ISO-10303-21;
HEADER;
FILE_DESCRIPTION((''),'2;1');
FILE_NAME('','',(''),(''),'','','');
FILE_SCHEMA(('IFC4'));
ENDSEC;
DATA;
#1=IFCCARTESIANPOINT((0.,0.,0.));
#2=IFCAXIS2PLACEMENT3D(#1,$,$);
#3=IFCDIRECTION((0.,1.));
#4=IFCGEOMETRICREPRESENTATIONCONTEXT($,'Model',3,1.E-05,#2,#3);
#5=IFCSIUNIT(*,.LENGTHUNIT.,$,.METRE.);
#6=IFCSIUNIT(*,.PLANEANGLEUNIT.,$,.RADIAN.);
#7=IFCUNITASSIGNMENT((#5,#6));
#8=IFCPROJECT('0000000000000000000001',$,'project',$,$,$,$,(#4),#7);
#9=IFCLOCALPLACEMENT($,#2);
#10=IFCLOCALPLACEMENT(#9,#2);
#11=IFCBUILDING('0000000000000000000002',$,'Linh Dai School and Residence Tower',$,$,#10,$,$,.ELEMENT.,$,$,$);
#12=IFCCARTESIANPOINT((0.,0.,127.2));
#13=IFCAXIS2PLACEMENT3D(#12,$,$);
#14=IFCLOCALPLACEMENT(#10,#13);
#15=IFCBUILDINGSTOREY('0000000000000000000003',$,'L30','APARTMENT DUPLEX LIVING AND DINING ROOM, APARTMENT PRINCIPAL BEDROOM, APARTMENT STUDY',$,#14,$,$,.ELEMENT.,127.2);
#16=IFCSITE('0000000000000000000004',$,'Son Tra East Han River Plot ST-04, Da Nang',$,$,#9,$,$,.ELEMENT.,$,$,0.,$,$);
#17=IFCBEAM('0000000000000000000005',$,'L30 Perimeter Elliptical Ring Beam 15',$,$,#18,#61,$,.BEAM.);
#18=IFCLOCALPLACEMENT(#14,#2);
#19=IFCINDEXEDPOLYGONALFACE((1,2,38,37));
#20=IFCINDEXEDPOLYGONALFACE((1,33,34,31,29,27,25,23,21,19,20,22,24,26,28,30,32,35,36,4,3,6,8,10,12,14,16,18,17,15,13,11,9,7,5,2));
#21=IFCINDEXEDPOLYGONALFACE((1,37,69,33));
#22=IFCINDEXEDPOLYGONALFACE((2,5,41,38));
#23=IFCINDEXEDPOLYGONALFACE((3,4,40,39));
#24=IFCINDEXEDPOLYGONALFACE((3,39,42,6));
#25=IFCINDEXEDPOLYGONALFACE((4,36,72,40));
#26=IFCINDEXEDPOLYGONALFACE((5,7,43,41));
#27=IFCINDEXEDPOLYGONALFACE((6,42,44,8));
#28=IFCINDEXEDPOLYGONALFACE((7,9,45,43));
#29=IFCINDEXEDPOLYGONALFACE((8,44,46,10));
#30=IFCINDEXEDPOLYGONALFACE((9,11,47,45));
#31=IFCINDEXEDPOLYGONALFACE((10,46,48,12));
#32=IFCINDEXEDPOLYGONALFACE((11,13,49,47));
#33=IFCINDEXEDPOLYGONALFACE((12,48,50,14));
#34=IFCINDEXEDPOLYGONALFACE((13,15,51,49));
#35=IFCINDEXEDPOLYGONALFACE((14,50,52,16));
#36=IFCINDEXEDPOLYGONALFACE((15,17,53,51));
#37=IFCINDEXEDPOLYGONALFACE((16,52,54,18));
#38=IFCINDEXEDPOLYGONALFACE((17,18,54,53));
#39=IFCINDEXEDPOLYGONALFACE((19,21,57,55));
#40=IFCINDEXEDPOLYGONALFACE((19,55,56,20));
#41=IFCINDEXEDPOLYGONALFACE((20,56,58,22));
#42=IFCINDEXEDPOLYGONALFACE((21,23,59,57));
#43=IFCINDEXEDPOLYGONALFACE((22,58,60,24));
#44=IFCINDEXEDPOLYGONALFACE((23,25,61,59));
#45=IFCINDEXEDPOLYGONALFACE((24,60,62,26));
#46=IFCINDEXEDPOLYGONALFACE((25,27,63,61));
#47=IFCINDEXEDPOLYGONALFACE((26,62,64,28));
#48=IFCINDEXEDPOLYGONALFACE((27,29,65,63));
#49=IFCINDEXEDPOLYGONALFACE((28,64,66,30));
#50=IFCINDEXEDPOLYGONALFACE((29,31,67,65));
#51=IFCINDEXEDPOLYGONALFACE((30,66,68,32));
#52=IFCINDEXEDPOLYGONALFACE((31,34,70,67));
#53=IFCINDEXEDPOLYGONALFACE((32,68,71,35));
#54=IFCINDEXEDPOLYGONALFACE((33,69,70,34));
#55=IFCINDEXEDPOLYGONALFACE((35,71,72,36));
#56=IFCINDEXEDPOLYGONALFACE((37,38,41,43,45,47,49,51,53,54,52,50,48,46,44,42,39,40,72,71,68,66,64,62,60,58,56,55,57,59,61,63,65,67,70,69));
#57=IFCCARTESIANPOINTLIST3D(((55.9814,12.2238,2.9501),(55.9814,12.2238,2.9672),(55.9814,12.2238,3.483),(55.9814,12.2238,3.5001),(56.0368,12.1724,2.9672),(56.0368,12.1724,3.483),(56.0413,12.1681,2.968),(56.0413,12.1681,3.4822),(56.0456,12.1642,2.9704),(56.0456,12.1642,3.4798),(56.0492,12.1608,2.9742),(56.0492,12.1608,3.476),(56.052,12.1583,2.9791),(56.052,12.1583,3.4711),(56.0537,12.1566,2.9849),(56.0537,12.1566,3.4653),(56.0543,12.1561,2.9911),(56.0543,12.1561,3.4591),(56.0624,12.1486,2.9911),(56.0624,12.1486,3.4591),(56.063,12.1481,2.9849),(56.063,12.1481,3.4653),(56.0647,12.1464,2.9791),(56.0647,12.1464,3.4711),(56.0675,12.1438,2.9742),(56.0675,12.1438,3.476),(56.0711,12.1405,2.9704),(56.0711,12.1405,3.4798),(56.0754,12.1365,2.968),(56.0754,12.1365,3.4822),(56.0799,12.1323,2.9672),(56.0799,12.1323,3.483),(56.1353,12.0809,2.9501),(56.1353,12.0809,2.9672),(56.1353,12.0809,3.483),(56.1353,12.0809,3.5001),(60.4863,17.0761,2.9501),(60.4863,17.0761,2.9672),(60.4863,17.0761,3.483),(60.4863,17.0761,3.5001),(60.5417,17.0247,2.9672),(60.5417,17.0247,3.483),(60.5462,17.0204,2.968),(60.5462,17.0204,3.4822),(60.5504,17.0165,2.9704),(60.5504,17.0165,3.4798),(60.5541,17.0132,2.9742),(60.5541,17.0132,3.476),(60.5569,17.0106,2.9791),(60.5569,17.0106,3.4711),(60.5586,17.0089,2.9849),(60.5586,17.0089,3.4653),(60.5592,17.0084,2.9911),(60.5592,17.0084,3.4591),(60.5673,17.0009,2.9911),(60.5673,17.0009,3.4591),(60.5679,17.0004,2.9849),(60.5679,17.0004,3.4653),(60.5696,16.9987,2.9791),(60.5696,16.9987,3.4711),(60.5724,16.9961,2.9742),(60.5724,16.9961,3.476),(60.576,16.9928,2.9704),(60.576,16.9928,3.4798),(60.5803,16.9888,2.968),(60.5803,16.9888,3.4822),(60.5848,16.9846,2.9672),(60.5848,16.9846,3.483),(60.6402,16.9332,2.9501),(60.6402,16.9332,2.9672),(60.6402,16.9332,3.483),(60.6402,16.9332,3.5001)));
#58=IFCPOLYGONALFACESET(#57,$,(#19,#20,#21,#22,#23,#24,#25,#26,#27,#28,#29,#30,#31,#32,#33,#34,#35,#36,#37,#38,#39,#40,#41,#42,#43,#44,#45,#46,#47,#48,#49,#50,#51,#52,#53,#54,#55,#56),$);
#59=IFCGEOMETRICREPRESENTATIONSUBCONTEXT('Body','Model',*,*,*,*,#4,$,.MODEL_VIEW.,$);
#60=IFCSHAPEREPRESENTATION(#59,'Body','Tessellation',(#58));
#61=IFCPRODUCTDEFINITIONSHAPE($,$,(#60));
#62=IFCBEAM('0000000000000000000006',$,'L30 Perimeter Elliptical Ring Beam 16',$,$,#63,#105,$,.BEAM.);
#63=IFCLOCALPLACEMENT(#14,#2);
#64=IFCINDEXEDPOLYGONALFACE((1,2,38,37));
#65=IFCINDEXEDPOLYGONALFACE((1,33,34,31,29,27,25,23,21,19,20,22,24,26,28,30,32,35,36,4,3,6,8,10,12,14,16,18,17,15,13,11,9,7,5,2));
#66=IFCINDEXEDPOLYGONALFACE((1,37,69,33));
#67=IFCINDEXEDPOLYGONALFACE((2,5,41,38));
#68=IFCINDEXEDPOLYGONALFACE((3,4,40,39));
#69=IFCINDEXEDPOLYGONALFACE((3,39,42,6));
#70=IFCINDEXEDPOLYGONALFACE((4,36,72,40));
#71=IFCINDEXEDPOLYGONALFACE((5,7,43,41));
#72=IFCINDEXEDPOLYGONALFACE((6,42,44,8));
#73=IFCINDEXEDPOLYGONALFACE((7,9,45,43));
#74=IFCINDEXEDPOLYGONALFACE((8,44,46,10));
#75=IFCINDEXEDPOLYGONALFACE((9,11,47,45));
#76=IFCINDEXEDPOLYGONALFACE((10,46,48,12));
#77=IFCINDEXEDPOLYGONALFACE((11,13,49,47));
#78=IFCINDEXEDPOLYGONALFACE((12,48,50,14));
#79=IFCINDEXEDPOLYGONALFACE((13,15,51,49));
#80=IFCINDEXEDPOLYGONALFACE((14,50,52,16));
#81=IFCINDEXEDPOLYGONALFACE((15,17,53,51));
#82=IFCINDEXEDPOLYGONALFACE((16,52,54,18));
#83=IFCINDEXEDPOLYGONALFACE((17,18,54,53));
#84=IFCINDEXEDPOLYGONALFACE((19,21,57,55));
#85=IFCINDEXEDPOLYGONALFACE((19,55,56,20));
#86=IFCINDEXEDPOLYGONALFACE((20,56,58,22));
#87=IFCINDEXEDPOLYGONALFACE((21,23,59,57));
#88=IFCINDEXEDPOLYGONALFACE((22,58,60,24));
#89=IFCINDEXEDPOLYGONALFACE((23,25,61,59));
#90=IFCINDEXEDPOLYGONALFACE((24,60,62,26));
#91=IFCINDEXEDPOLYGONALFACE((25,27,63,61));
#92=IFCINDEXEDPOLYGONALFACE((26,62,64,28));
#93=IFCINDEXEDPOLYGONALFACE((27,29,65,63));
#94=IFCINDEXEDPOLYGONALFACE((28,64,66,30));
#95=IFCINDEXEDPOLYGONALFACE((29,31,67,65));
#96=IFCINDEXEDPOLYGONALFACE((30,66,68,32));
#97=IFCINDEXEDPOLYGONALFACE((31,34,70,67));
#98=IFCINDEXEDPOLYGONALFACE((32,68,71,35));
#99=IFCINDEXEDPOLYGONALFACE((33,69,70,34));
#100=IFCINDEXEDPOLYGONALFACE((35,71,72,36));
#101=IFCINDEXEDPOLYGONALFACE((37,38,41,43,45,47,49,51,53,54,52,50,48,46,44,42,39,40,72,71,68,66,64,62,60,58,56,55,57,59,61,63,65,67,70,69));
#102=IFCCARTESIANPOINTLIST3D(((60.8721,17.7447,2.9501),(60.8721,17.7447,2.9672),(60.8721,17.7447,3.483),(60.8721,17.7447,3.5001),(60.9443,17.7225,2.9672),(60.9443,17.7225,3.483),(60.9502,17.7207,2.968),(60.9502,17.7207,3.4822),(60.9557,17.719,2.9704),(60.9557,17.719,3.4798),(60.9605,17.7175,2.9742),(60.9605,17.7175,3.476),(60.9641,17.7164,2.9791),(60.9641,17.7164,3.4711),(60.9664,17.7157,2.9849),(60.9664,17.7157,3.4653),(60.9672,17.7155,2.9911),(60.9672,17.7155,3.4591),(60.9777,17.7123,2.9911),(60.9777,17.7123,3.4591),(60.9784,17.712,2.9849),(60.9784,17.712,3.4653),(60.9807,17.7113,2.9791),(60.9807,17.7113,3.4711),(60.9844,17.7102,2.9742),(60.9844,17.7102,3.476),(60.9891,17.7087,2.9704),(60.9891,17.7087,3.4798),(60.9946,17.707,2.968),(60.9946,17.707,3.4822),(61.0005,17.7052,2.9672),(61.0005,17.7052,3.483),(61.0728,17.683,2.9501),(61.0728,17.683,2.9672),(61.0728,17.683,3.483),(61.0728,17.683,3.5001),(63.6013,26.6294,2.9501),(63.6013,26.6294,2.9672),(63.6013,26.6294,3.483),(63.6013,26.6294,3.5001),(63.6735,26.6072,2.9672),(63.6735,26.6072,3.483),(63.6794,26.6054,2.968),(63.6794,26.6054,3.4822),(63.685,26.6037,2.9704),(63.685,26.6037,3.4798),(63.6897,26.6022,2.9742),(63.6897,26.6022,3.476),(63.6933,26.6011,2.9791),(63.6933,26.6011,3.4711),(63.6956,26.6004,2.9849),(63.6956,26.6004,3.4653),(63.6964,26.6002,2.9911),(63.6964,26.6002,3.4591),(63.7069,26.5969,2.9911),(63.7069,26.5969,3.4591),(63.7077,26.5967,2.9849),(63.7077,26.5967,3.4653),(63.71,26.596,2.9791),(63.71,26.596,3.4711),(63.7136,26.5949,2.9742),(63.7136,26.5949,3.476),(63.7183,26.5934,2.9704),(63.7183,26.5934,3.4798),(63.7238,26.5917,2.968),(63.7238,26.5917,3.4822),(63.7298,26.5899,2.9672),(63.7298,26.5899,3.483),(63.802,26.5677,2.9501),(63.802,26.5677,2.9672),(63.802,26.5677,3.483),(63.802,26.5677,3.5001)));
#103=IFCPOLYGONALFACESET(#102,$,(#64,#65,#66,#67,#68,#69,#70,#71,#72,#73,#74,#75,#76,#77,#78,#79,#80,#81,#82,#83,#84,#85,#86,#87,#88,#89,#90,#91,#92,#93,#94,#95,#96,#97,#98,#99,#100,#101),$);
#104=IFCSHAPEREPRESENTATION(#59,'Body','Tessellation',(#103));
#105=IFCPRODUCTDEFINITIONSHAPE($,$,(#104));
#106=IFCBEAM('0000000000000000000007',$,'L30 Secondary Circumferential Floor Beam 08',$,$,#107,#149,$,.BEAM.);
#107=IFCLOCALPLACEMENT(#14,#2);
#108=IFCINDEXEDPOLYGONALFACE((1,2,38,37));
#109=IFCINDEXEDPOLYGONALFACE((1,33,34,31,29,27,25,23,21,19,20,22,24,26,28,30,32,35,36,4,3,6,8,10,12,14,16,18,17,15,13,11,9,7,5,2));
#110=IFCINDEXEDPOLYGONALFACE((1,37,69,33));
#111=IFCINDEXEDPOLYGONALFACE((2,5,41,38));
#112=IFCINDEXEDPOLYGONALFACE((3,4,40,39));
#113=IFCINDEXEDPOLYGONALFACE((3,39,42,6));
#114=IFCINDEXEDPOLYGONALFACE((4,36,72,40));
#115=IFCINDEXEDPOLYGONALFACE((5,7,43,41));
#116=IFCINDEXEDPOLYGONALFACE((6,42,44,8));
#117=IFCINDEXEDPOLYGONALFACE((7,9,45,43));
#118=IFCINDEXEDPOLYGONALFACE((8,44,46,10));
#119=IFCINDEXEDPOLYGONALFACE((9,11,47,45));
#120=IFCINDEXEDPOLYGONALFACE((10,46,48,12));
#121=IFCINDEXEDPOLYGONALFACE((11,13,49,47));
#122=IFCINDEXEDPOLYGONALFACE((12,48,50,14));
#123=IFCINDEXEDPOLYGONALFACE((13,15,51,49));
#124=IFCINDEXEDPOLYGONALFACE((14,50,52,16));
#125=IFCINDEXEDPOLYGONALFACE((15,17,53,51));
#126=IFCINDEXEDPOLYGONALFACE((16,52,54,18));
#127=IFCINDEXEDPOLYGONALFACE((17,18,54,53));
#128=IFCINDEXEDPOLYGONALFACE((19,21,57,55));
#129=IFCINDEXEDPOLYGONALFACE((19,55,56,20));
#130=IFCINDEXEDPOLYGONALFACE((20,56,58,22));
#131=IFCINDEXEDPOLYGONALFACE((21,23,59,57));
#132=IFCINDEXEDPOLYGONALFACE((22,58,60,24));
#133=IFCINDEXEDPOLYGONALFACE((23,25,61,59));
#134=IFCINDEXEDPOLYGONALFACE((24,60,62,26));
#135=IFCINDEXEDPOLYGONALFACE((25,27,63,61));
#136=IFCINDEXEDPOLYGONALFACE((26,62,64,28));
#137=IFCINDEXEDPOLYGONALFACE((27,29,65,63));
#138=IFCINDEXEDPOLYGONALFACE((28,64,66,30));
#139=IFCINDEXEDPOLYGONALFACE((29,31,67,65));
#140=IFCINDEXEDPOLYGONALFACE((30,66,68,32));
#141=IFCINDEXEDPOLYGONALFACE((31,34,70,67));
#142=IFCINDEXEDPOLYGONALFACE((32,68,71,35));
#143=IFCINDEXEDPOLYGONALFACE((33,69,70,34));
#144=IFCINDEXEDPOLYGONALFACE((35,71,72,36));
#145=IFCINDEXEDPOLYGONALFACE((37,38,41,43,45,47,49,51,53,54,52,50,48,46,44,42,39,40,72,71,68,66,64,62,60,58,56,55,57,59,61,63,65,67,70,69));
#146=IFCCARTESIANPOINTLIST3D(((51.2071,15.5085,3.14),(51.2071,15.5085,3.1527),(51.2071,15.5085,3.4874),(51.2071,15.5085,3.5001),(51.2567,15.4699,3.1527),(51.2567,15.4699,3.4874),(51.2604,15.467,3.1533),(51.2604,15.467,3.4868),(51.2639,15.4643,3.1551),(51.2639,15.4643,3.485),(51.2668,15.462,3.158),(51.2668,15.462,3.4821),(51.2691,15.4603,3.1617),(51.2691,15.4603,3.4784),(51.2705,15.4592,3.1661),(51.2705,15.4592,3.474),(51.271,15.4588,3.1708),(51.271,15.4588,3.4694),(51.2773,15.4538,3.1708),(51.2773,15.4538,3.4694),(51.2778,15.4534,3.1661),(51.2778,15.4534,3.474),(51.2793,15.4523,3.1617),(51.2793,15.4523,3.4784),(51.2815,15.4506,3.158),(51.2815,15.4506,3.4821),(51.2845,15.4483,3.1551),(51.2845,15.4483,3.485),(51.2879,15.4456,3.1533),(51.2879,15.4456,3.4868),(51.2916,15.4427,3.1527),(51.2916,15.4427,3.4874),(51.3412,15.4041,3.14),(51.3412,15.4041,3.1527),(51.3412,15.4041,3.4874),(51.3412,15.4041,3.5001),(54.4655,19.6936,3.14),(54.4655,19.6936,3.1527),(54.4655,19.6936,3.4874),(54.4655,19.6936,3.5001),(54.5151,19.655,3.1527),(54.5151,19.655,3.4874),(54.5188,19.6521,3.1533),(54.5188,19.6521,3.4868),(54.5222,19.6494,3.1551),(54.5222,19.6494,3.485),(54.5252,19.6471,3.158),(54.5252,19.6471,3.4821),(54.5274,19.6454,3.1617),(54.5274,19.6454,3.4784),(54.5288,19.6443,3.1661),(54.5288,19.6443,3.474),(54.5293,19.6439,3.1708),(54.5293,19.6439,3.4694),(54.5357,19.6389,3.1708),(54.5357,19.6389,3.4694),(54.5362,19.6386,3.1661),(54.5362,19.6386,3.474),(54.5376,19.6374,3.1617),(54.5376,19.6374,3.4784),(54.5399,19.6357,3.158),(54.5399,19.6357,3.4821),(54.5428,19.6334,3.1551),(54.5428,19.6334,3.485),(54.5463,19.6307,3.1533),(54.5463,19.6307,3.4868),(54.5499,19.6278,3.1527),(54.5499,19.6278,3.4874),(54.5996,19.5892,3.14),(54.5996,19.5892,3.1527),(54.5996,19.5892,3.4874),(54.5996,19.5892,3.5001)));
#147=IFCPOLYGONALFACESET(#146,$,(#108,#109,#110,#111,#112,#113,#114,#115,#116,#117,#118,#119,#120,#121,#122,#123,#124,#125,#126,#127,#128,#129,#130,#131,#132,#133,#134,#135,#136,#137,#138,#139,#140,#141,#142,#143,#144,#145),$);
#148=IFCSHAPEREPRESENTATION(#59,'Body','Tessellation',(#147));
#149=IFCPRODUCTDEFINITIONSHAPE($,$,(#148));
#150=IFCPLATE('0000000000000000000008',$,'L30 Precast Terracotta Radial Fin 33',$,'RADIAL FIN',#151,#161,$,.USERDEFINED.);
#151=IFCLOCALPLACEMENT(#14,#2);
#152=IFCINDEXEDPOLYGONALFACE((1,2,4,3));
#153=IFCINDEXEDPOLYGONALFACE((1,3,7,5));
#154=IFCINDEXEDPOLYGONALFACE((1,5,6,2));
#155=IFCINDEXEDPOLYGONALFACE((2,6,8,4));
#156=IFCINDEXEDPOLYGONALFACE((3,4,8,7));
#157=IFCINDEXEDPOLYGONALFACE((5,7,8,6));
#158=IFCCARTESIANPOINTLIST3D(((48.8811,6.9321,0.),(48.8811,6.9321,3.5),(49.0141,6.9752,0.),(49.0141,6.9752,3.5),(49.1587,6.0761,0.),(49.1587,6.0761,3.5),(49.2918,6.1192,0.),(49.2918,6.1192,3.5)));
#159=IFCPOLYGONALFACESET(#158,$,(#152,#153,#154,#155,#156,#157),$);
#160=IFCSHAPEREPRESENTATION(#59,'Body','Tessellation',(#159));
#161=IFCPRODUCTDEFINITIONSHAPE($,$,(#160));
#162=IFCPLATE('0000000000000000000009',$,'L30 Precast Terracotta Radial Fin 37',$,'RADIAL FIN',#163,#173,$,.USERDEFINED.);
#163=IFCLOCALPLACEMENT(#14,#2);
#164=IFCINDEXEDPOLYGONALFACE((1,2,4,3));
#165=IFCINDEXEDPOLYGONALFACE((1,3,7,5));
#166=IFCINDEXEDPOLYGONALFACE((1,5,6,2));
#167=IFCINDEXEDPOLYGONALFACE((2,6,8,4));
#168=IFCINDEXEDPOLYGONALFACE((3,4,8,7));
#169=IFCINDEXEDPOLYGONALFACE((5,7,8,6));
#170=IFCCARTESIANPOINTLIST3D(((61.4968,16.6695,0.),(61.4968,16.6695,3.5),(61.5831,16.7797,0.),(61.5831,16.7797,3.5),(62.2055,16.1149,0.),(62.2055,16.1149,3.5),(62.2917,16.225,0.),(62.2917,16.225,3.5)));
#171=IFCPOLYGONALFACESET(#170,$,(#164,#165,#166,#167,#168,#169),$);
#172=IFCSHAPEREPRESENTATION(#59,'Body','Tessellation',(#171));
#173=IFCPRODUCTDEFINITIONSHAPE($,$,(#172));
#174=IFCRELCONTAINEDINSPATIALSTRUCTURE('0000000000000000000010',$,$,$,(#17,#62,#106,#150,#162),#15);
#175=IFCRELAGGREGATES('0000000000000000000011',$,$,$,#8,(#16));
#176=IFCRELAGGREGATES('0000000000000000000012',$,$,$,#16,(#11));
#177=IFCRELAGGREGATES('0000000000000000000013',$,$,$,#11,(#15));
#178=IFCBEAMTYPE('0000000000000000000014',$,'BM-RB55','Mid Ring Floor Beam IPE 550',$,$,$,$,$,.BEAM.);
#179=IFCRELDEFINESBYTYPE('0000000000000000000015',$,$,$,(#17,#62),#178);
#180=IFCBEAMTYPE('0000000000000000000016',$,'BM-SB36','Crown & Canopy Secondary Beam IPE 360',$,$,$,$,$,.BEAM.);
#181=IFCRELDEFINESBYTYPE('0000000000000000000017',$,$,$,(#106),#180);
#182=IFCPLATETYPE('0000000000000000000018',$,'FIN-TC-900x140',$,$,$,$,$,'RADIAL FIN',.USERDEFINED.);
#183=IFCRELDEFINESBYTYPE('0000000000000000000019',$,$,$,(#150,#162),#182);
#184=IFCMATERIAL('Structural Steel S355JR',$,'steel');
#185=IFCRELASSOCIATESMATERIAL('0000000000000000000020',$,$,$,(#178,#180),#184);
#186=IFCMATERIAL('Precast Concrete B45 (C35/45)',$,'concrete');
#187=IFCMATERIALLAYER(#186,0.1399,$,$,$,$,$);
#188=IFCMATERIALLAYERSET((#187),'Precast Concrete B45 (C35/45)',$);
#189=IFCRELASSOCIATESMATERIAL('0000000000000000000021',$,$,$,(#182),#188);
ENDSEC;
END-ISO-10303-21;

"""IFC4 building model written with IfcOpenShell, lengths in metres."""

from ifc_helpers import new_model, si_unit, direction, frame, origin, origin_2d, place, context, subcontext, project, spatial, rectangle, i_section, extrude, source, transform, mapped, material, layer, layer_set, material_profile, profile_set, type_object, element, save


model = new_model("IFC4")

# Units and contexts
model_context = context("Model", 3, precision=1e-05, world=origin(), true_north=direction((0.0, 1.0)))
body_context = subcontext(model_context, "Body", "Model", "MODEL_VIEW")
ifc_project = project(units=[si_unit("LENGTHUNIT", "METRE"), si_unit("PLANEANGLEUNIT", "RADIAN")], contexts=[model_context])

# Site, building, storey
site_placement = place(None, origin())
site = spatial("IfcSite", under=ifc_project, at=site_placement, Name="Son Tra East Han River Plot ST-04, Da Nang", CompositionType="ELEMENT", RefElevation=0.0)
building_placement = place(site_placement, origin())
building = spatial("IfcBuilding", under=site, at=building_placement, Name="Linh Dai School and Residence Tower", CompositionType="ELEMENT")
storey_placement = place(building_placement, frame((0.0, 0.0, 127.2)))
storey = spatial("IfcBuildingStorey", under=building, at=storey_placement, Name="L30", Description="APARTMENT DUPLEX LIVING AND DINING ROOM, APARTMENT PRINCIPAL BEDROOM, APARTMENT STUDY", CompositionType="ELEMENT", Elevation=127.2)

# Shared definitions
ifc_material_1 = material(Name="Structural Steel S355JR", Category="steel")

# Beams
ifc_material_profile_1 = material_profile(ifc_material_1, i_section(OverallWidth=0.21, OverallDepth=0.55, WebThickness=0.011, FlangeThickness=0.0171, FilletRadius=0.0239, at=origin_2d()), Name="IPE 550")
ifc_profile_set_1 = profile_set([ifc_material_profile_1], Name="Structural Steel S355JR")
beam_type_1 = type_object("IfcBeamType", Name="BM-RB55", Description="Mid Ring Floor Beam IPE 550", PredefinedType="BEAM", material=ifc_profile_set_1)
beam_1_placement = place(storey_placement, frame((56.0583, 12.1523, 3.2251), z_axis=(0.680385, 0.732855, 0.0), x_axis=(-0.732855, 0.680385, 0.0)))
element("IfcBeam", 1, at=beam_1_placement, inside=storey, type_object=beam_type_1, Name="L30 Perimeter Elliptical Ring Beam 15", PredefinedType="BEAM", context=body_context, shape_type="SweptSolid", body=[
    extrude(i_section(OverallWidth=0.21, OverallDepth=0.55, WebThickness=0.011, FlangeThickness=0.0171, FilletRadius=0.0239, at=origin_2d()), origin(), (0.0, 0.0, 1.0), 6.6211),
])
beam_2_placement = place(storey_placement, frame((60.9724, 17.7139, 3.2251), z_axis=(0.293641, 0.955916, 0.0), x_axis=(-0.955916, 0.293641, 0.0)))
element("IfcBeam", 2, at=beam_2_placement, inside=storey, type_object=beam_type_1, Name="L30 Perimeter Elliptical Ring Beam 16", PredefinedType="BEAM", context=body_context, shape_type="SweptSolid", body=[
    extrude(i_section(OverallWidth=0.21, OverallDepth=0.55, WebThickness=0.011, FlangeThickness=0.0171, FilletRadius=0.0239, at=origin_2d()), origin(), (0.0, 0.0, 1.0), 9.2944),
])
ifc_material_profile_2 = material_profile(ifc_material_1, i_section(OverallWidth=0.1699, OverallDepth=0.3601, WebThickness=0.0081, FlangeThickness=0.0127, FilletRadius=0.0181, at=origin_2d()), Name="IPE 360")
ifc_profile_set_2 = profile_set([ifc_material_profile_2], Name="Structural Steel S355JR")
beam_type_2 = type_object("IfcBeamType", Name="BM-SB36", Description="Crown & Canopy Secondary Beam IPE 360", PredefinedType="BEAM", material=ifc_profile_set_2)
beam_3_placement = place(storey_placement, frame((51.2742, 15.4563, 3.3201), z_axis=(0.614323, 0.789055, 0.0), x_axis=(-0.789055, 0.614323, 0.0)))
element("IfcBeam", 3, at=beam_3_placement, inside=storey, type_object=beam_type_2, Name="L30 Secondary Circumferential Floor Beam 08", PredefinedType="BEAM", context=body_context, shape_type="SweptSolid", body=[
    extrude(i_section(OverallWidth=0.1699, OverallDepth=0.3601, WebThickness=0.0081, FlangeThickness=0.0127, FilletRadius=0.0181, at=origin_2d()), origin(), (0.0, 0.0, 1.0), 5.304),
])

# Plates
ifc_material_2 = material(Name="Precast Concrete B45 (C35/45)", Category="concrete")
ifc_layer_1 = layer(ifc_material_2, 0.1399)
ifc_layer_set_1 = layer_set([ifc_layer_1], Name="Precast Concrete B45 (C35/45)")
plate_type = type_object("IfcPlateType", Name="FIN-TC-900x140", ElementType="RADIAL FIN", PredefinedType="USERDEFINED", material=ifc_layer_set_1)
shared_shape_1 = source(origin(), body_context, "Body", "SweptSolid", [
    extrude(rectangle(XDim=0.8999, YDim=0.1399, at=origin_2d()), origin(), (0.0, 0.0, 1.0), 3.5),
])
for number, where, z_axis, x_axis, name in (
    (4, (49.0864, 6.5256, 0.0), (0.0, 0.0, 1.0), (0.308522, -0.951217, 0.0), "L30 Precast Terracotta Radial Fin 33"),
    (5, (61.8943, 16.4473, 0.0), (0.0, 0.0, 1.0), (0.787508, -0.616305, 0.0), "L30 Precast Terracotta Radial Fin 37"),
):
    element("IfcPlate", number, at=place(storey_placement, frame(where, z_axis=z_axis, x_axis=x_axis)), inside=storey, type_object=plate_type, Name=name, ObjectType="RADIAL FIN", PredefinedType="USERDEFINED", context=body_context, shape_type="MappedRepresentation", body=[
        mapped(shared_shape_1, transform((0.0, 0.0, 0.0), x_axis=(1.0, 0.0, 0.0), y_axis=(0.0, 1.0, 0.0), z_axis=(0.0, 0.0, 1.0), scale=1.0)),
    ])

save(model, "model.ifc")
